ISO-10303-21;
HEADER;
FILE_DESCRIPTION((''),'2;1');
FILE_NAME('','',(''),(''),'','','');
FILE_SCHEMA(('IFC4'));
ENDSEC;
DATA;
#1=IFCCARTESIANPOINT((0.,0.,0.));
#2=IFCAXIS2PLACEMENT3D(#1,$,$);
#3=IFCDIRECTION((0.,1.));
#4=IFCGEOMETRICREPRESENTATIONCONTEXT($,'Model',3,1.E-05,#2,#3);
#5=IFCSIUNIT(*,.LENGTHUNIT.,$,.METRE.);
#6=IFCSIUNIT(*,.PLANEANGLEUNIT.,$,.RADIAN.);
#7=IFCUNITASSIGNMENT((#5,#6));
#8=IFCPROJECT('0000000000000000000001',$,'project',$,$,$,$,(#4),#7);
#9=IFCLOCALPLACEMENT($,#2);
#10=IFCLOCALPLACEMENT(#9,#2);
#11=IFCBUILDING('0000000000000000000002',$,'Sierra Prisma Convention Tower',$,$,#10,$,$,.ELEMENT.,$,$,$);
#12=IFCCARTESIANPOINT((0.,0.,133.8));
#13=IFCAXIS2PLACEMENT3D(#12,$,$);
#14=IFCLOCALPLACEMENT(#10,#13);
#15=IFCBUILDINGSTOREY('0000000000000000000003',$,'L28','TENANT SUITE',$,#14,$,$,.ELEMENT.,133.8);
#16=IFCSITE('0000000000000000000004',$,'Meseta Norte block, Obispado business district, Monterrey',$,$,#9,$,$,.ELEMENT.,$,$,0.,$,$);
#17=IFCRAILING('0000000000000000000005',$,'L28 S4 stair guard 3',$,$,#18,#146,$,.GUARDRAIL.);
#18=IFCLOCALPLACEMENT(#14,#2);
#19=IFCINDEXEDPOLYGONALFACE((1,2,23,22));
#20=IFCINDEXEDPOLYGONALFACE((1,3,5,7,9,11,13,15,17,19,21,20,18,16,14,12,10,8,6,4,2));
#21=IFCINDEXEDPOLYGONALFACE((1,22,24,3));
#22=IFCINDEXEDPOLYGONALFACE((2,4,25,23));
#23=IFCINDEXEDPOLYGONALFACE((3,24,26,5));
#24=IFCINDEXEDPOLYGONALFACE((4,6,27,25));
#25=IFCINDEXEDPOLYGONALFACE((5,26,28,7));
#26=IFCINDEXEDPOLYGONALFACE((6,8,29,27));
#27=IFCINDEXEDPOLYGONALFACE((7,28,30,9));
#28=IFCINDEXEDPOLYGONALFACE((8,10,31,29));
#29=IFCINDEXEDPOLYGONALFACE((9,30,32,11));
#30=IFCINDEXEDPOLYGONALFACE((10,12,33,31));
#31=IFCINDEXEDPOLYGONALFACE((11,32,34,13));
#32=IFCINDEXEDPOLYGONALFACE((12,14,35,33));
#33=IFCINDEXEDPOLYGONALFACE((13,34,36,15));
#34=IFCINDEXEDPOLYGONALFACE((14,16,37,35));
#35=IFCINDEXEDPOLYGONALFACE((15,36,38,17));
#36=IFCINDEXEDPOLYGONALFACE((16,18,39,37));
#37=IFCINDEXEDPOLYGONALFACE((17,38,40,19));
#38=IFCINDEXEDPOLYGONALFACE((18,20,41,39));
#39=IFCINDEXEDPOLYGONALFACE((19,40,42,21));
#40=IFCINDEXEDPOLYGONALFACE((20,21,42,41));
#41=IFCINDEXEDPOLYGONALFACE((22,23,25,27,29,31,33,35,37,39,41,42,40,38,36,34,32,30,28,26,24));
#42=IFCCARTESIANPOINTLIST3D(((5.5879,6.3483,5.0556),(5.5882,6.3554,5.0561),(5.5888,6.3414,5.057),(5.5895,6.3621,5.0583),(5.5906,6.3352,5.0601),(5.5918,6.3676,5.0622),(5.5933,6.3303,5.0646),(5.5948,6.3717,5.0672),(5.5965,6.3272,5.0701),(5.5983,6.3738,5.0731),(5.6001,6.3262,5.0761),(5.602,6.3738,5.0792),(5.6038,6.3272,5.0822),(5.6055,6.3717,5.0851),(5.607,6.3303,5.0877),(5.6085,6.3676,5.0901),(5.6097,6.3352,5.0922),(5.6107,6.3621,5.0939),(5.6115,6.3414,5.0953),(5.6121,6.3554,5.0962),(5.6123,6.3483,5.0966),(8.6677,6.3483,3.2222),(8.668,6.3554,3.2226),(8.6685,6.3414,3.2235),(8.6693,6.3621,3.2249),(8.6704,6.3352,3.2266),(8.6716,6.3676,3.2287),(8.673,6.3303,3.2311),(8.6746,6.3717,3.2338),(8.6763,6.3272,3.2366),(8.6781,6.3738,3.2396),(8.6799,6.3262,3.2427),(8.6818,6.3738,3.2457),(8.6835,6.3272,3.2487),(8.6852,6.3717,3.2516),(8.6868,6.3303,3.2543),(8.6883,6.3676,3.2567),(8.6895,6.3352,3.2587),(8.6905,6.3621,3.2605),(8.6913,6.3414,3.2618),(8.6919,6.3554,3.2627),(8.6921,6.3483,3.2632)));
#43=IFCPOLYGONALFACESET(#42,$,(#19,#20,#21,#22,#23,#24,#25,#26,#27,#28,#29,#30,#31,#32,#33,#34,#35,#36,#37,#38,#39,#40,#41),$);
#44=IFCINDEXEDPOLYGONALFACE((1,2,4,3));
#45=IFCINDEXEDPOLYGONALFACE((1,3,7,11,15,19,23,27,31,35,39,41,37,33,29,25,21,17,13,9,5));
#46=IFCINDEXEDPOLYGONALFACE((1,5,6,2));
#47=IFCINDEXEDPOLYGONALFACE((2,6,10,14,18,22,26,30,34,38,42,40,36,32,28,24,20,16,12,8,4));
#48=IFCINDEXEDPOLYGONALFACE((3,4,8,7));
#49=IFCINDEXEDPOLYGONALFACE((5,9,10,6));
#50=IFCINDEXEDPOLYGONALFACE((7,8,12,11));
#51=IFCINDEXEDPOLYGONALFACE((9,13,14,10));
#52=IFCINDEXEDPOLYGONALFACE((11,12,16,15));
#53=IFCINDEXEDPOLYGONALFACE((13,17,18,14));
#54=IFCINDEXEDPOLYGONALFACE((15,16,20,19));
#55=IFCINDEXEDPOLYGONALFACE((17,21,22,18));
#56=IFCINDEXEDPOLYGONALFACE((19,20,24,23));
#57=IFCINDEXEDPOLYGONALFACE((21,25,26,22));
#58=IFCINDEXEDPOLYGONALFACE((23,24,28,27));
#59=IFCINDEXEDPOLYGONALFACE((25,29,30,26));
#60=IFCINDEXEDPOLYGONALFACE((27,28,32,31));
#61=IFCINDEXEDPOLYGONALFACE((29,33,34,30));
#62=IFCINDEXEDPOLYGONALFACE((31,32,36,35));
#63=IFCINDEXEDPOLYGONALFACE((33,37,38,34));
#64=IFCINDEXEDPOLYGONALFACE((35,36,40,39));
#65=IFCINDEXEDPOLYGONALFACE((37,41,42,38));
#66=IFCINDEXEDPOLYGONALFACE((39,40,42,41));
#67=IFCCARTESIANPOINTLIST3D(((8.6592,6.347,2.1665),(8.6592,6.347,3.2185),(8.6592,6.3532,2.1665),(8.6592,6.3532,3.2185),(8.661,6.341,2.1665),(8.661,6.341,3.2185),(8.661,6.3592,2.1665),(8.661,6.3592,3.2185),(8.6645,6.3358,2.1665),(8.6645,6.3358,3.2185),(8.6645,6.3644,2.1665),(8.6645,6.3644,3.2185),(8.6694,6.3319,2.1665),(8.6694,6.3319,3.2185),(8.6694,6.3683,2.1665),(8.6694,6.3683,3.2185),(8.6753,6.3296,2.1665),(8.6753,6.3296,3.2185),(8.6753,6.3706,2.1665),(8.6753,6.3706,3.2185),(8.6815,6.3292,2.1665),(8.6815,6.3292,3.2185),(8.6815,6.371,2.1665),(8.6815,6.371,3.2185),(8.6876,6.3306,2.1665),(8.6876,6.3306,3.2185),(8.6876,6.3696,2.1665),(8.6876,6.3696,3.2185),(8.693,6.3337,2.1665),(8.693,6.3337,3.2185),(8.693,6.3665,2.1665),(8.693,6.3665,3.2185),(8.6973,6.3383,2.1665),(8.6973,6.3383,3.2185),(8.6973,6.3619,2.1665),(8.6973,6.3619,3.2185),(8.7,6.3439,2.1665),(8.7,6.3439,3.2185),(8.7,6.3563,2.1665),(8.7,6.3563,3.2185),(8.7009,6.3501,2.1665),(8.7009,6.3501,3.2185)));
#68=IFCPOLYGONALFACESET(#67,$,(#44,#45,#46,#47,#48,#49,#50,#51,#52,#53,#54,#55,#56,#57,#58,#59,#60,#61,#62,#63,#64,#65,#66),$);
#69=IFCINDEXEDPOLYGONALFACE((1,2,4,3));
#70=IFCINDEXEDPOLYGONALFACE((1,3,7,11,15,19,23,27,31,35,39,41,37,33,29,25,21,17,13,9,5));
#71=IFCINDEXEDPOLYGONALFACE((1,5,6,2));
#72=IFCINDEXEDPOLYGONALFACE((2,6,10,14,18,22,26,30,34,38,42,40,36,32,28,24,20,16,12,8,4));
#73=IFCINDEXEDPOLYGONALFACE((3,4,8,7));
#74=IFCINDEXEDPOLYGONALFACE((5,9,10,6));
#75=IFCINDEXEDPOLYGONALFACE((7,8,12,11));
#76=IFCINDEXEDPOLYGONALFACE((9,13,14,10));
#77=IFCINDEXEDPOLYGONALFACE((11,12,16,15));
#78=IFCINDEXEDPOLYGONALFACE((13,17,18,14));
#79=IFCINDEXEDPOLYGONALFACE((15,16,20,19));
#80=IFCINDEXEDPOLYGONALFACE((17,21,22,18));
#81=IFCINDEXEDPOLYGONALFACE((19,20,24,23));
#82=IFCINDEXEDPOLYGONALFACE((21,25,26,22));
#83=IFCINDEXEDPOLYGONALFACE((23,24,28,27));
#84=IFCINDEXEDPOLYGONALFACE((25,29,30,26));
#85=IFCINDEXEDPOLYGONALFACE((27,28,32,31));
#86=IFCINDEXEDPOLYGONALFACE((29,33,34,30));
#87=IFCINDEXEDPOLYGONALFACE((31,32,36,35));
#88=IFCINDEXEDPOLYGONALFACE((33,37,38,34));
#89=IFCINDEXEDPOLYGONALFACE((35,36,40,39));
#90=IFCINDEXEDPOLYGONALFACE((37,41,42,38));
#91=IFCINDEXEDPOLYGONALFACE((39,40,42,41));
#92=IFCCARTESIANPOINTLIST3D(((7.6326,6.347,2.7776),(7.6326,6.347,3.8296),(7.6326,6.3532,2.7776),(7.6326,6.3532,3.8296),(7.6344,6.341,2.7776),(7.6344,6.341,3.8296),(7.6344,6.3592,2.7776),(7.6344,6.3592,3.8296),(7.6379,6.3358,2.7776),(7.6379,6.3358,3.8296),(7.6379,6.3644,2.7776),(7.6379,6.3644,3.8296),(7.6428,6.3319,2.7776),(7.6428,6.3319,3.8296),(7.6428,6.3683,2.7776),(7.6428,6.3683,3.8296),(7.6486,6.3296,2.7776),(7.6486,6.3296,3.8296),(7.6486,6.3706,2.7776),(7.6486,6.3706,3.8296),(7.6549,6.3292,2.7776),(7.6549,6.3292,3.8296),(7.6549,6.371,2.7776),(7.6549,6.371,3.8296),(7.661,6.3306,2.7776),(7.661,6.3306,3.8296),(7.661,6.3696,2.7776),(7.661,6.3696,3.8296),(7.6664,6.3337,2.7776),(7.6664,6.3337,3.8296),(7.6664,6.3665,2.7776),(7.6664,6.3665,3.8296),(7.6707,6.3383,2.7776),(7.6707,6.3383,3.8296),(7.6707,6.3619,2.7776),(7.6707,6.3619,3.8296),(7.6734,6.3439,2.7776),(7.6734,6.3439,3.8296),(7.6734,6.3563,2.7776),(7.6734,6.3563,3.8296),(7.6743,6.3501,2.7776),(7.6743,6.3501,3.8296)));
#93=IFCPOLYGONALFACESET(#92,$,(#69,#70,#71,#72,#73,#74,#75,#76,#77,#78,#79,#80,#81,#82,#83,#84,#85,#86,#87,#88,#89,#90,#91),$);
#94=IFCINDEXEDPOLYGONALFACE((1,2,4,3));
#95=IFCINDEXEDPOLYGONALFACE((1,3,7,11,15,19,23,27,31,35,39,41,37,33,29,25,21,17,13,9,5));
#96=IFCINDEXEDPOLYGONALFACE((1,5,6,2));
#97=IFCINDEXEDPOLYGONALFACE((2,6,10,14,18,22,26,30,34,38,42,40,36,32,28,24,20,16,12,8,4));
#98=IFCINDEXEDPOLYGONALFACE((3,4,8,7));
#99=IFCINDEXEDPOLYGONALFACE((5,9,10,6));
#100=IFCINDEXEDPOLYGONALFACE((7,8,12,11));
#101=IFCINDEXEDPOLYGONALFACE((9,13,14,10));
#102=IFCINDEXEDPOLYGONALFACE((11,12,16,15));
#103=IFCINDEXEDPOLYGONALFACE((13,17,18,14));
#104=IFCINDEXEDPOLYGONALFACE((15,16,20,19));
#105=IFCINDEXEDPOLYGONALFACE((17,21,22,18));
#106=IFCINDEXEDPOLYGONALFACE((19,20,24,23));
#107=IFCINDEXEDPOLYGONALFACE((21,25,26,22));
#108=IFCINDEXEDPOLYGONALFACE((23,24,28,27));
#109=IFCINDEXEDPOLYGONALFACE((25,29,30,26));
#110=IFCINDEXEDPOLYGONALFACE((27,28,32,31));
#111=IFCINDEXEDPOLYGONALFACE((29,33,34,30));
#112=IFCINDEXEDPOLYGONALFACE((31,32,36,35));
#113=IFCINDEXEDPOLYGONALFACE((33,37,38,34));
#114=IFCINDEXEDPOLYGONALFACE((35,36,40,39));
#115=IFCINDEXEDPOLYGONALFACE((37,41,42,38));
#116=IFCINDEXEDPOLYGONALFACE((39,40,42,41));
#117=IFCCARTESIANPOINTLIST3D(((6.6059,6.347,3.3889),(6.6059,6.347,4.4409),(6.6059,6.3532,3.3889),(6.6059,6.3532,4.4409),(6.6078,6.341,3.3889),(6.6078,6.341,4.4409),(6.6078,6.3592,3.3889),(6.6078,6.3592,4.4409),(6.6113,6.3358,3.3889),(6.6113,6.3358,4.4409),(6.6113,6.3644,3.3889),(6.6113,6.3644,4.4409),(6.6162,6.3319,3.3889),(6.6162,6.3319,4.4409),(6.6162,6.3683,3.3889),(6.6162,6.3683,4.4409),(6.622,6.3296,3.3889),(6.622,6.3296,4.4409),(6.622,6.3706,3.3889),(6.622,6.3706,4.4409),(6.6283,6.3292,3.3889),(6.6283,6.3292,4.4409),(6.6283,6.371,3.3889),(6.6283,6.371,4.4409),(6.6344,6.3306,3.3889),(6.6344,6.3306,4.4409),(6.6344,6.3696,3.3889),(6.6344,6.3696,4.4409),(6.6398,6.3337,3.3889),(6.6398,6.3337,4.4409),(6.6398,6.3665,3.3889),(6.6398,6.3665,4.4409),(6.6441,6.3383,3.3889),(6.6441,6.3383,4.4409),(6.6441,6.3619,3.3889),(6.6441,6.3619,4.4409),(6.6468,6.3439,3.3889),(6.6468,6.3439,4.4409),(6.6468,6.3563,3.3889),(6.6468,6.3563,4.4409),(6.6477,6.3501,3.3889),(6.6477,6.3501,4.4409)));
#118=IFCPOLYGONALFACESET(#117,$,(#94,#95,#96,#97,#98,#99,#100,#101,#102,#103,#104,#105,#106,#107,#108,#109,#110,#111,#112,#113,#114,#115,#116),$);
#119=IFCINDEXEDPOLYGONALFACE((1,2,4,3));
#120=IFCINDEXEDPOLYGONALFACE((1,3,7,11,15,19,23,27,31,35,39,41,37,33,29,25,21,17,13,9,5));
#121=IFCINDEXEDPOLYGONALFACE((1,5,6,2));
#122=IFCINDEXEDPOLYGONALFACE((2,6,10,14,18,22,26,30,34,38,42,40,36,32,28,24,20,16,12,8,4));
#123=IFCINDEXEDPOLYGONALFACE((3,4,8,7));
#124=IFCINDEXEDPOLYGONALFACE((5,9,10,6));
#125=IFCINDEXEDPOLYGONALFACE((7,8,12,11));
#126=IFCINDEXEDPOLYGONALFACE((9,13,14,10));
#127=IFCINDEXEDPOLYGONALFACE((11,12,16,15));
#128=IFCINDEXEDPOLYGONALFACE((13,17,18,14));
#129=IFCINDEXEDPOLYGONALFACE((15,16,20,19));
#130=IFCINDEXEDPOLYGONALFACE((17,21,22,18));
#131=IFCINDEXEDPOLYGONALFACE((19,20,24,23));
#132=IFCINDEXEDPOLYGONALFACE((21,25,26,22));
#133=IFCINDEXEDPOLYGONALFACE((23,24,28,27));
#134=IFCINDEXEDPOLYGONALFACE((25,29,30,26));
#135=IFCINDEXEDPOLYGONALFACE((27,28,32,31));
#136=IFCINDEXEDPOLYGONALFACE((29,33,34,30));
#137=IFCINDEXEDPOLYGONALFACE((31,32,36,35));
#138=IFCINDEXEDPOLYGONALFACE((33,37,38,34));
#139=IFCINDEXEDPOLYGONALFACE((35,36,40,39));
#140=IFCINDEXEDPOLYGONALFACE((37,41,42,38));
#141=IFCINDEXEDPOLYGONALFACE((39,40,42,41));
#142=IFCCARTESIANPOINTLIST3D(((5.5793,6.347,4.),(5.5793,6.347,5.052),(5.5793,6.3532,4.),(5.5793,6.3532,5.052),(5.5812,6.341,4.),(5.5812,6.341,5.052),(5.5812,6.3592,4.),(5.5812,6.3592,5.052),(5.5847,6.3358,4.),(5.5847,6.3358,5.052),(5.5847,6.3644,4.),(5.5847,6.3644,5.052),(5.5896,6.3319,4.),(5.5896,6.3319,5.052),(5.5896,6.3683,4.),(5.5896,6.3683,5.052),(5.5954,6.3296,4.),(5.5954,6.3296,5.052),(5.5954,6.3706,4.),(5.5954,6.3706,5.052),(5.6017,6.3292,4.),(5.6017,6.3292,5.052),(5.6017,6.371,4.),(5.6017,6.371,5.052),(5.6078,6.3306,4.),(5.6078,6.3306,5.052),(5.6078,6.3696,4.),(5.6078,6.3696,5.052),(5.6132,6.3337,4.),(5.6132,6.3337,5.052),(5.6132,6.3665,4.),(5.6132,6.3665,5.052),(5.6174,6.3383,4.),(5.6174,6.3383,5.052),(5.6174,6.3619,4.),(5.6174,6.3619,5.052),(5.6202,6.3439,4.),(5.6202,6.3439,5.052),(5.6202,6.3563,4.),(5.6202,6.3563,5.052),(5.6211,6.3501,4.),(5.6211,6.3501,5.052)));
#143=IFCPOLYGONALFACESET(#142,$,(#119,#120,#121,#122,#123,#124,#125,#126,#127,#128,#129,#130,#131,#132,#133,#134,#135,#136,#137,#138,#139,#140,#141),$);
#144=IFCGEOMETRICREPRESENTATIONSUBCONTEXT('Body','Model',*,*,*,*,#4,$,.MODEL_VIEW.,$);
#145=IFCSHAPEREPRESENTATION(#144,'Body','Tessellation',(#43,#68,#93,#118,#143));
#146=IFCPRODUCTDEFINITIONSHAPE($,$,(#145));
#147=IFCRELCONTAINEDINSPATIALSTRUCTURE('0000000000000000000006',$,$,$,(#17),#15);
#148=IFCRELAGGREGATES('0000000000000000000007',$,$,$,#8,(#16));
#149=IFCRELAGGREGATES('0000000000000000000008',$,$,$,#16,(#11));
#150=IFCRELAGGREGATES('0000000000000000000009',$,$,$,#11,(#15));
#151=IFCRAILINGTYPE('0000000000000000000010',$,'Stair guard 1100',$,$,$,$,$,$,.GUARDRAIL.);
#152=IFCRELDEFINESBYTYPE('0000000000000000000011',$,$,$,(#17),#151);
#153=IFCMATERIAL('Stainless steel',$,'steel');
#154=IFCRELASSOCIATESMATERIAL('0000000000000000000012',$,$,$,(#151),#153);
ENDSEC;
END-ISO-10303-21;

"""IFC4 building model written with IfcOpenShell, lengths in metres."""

from ifc_helpers import new_model, si_unit, direction, frame, origin, origin_2d, place, context, subcontext, project, spatial, circle, extrude, material, type_object, element, save


model = new_model("IFC4")

# Units and contexts
model_context = context("Model", 3, precision=1e-05, world=origin(), true_north=direction((0.0, 1.0)))
body_context = subcontext(model_context, "Body", "Model", "MODEL_VIEW")
ifc_project = project(units=[si_unit("LENGTHUNIT", "METRE"), si_unit("PLANEANGLEUNIT", "RADIAN")], contexts=[model_context])

# Site, building, storey
site_placement = place(None, origin())
site = spatial("IfcSite", under=ifc_project, at=site_placement, Name="Meseta Norte block, Obispado business district, Monterrey", CompositionType="ELEMENT", RefElevation=0.0)
building_placement = place(site_placement, origin())
building = spatial("IfcBuilding", under=site, at=building_placement, Name="Sierra Prisma Convention Tower", CompositionType="ELEMENT")
storey_placement = place(building_placement, frame((0.0, 0.0, 133.8)))
storey = spatial("IfcBuildingStorey", under=building, at=storey_placement, Name="L28", Description="TENANT SUITE", CompositionType="ELEMENT", Elevation=133.8)

# Railing
ifc_material_1 = material(Name="Stainless steel", Category="steel")
railing_type_1 = type_object("IfcRailingType", Name="Stair guard 1100", PredefinedType="GUARDRAIL", material=ifc_material_1)
railing_1_placement = place(storey_placement, frame((8.6799, 6.3501, 2.1665)))
element("IfcRailing", 1, at=railing_1_placement, inside=storey, type_object=railing_type_1, Name="L28 S4 stair guard 3", PredefinedType="GUARDRAIL", context=body_context, shape_type="SweptSolid", body=[
    extrude(circle(Radius=0.0239, at=origin_2d()), frame((0.0, 0.0, 1.0762), z_axis=(-0.859261, 0.0, 0.511538), x_axis=(0.0, -1.0, 0.0)), (0.0, 0.0, 1.0), 3.5842),
    extrude(circle(Radius=0.021, at=origin_2d()), origin(), (0.0, 0.0, 1.0), 1.052),
    extrude(circle(Radius=0.021, at=origin_2d()), frame((-1.0266, 0.0, 0.6111)), (0.0, 0.0, 1.0), 1.052),
    extrude(circle(Radius=0.021, at=origin_2d()), frame((-2.0532, 0.0, 1.2224)), (0.0, 0.0, 1.0), 1.052),
    extrude(circle(Radius=0.021, at=origin_2d()), frame((-3.0798, 0.0, 1.8335)), (0.0, 0.0, 1.0), 1.052),
])

save(model, "model.ifc")
